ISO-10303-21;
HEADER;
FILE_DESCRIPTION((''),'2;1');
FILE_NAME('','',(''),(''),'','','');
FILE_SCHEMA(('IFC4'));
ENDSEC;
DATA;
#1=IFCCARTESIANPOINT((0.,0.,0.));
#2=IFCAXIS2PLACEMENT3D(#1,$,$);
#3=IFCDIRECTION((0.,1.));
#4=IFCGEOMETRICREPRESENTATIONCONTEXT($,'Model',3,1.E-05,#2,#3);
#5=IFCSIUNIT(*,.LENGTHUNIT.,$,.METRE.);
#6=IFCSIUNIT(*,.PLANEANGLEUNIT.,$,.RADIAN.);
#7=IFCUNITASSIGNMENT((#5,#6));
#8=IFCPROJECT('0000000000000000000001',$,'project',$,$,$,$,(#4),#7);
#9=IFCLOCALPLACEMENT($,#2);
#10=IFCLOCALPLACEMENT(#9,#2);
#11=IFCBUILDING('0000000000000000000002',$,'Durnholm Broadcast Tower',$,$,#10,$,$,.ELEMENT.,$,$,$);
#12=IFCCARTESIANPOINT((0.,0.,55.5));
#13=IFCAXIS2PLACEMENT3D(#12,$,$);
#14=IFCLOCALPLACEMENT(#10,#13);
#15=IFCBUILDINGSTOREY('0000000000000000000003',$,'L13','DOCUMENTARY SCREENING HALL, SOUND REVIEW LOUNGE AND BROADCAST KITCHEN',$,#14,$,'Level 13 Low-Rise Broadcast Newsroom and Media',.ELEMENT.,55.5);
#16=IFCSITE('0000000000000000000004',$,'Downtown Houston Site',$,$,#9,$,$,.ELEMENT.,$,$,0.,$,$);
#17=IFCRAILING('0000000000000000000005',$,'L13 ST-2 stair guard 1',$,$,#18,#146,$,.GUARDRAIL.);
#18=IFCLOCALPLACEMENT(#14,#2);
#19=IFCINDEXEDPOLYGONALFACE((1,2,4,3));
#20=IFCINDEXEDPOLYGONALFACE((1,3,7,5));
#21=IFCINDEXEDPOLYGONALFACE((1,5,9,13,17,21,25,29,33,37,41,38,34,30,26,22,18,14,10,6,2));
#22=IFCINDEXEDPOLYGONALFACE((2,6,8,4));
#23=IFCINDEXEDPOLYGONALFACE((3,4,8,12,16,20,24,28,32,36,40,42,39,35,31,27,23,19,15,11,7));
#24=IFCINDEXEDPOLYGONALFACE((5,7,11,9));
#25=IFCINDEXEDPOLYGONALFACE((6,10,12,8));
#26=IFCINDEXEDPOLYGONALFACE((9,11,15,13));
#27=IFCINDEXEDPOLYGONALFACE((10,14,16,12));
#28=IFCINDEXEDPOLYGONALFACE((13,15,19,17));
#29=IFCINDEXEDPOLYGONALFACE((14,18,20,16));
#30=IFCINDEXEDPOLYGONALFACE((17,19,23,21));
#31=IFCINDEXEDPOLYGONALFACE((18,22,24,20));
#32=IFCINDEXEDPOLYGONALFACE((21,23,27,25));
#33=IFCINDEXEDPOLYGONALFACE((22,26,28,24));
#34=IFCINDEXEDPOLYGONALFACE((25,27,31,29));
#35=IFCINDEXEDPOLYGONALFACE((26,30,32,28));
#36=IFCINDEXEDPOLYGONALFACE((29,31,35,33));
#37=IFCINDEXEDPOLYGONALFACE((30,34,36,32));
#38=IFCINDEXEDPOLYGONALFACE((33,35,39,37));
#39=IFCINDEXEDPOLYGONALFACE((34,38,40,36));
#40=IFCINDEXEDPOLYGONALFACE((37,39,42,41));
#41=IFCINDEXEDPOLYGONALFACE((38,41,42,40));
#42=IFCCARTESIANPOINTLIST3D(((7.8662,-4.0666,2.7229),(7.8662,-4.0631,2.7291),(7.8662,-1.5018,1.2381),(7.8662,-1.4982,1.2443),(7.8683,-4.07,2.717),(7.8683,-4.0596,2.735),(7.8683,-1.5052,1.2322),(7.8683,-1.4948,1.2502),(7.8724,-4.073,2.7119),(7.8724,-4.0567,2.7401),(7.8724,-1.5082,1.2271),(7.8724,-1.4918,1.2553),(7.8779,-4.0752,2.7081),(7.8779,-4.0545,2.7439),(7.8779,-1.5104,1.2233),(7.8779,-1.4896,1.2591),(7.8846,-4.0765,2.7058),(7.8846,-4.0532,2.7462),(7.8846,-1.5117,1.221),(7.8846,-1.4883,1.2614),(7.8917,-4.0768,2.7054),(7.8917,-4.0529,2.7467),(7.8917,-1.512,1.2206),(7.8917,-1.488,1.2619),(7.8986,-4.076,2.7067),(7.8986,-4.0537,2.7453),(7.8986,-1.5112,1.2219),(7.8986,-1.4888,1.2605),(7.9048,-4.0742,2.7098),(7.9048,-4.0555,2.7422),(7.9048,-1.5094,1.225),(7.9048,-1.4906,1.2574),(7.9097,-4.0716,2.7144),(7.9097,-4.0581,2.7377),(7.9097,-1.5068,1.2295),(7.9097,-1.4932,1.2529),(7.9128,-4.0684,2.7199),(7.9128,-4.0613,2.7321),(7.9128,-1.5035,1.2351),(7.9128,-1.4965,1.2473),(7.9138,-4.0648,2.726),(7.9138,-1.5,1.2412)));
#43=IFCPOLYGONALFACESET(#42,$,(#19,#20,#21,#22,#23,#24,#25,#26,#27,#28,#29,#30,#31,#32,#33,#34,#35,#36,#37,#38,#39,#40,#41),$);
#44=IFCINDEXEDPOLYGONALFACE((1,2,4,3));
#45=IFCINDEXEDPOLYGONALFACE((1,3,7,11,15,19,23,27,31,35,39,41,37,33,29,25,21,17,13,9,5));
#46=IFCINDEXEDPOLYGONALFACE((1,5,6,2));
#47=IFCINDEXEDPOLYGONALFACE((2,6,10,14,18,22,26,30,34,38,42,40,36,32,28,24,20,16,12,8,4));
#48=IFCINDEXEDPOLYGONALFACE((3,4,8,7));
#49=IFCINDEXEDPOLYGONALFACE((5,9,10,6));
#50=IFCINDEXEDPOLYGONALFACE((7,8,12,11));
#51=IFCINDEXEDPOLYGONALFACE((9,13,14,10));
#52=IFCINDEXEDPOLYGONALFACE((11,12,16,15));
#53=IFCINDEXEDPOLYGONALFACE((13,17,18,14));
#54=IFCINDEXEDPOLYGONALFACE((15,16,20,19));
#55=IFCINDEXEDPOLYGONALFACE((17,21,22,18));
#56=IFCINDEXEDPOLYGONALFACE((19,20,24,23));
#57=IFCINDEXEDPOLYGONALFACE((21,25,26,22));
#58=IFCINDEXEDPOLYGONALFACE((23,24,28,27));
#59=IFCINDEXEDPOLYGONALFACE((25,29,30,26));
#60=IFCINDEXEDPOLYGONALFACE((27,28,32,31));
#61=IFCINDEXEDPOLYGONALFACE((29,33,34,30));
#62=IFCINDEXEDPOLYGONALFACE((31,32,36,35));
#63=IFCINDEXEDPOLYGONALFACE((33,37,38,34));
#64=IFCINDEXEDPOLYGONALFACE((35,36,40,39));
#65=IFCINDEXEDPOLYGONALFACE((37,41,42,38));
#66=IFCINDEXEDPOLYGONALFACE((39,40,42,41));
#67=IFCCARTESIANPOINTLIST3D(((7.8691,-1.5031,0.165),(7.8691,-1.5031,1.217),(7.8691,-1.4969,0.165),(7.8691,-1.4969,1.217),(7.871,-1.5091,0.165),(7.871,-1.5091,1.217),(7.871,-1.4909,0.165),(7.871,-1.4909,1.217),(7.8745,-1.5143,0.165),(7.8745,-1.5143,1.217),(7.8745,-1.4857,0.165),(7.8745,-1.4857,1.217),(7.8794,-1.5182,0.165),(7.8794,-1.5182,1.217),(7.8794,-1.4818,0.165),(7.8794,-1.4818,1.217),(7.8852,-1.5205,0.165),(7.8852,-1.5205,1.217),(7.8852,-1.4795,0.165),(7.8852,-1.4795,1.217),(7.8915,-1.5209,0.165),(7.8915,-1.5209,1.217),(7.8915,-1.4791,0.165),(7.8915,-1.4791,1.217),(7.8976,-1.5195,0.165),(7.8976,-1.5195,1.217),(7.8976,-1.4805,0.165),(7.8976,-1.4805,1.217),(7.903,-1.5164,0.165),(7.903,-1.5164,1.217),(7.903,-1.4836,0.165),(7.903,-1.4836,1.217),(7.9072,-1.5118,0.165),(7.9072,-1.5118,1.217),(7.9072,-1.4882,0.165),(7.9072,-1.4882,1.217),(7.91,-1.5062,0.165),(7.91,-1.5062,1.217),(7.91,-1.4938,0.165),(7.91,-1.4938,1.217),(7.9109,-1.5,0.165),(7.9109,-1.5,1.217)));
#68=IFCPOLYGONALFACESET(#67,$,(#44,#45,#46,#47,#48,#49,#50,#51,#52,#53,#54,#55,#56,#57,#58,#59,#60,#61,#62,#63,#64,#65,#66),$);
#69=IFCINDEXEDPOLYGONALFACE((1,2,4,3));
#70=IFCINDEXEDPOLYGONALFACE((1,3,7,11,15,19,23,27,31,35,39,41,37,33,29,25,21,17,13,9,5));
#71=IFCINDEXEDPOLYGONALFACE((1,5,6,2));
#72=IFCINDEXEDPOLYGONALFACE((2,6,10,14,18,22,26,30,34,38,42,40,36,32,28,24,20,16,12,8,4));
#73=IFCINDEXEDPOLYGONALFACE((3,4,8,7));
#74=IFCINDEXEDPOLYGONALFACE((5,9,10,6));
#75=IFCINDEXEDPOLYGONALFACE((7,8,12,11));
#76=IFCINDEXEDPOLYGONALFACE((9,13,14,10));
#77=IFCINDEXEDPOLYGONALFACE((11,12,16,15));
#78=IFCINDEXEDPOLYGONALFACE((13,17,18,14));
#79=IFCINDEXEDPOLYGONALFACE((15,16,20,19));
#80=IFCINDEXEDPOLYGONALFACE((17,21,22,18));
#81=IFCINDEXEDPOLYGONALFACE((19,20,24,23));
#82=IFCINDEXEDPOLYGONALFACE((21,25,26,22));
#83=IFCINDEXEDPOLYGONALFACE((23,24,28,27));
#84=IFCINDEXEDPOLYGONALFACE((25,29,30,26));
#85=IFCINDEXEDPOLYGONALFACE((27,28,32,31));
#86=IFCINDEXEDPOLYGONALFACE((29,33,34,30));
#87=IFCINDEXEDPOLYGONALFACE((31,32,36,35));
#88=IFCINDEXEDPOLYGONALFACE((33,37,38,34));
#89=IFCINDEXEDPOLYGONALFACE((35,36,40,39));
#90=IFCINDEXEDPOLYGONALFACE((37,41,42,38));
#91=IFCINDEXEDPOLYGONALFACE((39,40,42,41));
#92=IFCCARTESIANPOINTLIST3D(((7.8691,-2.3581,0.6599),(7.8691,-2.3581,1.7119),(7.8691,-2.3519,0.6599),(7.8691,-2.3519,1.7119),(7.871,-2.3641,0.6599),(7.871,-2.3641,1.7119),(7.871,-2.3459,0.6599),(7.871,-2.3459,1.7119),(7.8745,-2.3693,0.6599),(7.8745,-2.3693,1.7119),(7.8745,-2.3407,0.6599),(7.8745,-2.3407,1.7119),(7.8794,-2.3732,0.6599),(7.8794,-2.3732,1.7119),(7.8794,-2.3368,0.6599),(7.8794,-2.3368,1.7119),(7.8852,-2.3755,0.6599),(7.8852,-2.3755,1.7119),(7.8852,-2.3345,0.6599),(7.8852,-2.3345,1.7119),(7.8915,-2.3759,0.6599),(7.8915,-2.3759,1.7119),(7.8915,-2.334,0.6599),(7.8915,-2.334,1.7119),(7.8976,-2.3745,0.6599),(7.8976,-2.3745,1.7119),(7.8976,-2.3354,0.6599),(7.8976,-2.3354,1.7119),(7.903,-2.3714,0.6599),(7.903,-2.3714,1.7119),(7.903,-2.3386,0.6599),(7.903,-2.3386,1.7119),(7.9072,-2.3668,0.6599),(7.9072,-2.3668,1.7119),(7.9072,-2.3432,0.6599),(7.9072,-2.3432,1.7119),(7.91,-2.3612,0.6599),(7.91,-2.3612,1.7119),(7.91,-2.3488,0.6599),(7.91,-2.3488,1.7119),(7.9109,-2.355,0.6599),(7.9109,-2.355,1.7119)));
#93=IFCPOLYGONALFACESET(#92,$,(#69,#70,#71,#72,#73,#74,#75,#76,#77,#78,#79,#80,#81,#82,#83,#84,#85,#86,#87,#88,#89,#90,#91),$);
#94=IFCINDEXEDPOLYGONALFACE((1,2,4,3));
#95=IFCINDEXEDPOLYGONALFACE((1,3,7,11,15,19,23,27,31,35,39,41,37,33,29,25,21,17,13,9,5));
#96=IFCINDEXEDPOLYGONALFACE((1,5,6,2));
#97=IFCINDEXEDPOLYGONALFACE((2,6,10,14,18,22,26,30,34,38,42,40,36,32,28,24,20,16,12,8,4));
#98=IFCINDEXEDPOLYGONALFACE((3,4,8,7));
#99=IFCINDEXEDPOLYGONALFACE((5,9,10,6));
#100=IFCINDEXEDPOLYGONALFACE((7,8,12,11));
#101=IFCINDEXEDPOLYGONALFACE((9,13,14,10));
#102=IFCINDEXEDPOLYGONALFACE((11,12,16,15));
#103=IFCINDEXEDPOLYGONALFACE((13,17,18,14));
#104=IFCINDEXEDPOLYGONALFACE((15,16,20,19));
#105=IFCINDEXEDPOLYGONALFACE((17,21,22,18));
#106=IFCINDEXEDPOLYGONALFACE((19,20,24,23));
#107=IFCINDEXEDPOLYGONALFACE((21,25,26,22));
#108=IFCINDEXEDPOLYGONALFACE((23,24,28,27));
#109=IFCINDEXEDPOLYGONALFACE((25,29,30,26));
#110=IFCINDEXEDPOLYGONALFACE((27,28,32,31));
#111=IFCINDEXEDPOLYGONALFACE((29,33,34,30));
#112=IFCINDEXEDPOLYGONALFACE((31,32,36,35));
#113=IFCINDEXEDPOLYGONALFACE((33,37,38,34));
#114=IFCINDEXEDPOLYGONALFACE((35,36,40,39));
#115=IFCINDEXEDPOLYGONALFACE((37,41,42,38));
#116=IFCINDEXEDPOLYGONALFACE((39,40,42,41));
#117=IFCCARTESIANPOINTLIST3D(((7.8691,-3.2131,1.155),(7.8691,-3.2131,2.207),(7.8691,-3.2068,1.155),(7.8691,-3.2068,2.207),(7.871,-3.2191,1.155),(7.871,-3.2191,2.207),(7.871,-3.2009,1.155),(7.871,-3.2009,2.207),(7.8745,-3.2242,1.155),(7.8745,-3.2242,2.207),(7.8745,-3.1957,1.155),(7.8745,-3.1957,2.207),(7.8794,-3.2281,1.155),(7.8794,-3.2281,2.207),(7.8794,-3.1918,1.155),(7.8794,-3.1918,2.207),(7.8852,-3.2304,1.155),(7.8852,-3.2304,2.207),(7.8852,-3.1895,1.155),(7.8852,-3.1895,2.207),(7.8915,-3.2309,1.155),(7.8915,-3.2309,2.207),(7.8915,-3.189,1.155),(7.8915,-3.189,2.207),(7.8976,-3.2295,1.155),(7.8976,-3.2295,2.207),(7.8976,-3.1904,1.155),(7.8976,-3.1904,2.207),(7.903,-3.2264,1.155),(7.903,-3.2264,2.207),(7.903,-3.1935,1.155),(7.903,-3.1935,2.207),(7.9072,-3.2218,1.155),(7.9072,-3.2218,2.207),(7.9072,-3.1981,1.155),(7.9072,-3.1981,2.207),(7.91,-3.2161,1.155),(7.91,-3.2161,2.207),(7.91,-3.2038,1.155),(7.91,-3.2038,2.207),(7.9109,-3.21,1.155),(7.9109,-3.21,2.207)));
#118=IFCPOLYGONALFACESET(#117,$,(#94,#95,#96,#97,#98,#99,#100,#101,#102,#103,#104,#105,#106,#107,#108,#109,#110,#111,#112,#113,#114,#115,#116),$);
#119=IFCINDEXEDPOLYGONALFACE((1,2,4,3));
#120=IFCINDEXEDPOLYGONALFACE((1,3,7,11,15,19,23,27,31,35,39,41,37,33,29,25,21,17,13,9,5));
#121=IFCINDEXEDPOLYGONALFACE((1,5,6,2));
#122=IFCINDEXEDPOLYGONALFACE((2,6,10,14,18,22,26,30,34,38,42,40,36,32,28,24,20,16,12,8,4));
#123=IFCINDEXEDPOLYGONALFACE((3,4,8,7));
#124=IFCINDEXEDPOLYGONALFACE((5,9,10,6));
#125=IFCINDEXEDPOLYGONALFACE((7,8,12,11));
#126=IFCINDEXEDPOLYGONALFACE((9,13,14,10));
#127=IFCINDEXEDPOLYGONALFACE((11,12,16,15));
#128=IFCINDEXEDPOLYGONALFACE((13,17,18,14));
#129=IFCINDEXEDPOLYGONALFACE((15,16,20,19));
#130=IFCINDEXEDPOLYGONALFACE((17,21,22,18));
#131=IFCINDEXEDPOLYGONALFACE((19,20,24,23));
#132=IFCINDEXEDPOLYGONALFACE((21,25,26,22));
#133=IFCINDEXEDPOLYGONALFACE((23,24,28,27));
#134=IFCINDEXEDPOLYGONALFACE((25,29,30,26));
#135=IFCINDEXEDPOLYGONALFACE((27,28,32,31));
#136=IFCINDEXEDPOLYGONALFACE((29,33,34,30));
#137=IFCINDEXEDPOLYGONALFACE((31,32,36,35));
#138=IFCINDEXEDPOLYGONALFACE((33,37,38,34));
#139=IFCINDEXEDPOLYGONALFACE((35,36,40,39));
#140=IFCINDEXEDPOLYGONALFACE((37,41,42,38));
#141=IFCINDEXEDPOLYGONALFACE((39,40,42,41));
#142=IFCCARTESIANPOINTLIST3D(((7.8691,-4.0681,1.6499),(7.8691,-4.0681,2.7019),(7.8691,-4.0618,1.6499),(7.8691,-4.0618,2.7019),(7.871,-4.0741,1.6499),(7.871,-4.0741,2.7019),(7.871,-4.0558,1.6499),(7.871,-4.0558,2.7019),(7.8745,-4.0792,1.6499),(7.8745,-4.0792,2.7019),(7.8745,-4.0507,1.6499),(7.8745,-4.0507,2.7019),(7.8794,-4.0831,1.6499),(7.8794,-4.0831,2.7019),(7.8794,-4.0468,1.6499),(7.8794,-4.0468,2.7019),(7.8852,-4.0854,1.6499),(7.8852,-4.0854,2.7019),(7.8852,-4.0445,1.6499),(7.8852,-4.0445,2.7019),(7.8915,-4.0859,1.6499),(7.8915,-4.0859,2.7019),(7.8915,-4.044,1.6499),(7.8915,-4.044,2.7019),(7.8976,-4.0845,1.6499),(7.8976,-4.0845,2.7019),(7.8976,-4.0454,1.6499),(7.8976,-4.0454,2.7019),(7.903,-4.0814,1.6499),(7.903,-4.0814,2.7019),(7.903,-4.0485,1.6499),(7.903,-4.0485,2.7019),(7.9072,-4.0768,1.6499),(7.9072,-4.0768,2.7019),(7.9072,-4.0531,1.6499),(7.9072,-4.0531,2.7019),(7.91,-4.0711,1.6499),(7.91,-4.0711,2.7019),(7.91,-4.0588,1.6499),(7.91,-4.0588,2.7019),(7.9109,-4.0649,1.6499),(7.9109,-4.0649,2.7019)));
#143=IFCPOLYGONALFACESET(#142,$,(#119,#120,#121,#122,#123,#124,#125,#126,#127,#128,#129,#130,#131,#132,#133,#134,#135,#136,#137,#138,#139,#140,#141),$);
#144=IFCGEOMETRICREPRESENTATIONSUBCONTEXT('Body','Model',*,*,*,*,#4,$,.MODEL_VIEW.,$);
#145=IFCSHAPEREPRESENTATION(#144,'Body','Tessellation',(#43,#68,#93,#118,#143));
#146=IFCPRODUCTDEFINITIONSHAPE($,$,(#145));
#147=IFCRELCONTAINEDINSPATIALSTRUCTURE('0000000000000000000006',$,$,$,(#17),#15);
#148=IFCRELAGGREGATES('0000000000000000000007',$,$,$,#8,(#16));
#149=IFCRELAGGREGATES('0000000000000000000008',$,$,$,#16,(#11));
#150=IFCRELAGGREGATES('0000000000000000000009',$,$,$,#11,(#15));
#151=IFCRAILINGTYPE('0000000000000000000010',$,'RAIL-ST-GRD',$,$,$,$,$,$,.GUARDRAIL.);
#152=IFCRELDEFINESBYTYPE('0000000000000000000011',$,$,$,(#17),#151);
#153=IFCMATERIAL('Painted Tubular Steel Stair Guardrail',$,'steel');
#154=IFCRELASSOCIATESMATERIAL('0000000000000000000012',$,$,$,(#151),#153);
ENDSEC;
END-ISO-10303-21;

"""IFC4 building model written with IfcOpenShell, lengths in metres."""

from ifc_helpers import new_model, si_unit, direction, frame, origin, origin_2d, place, context, subcontext, project, spatial, circle, extrude, material, type_object, element, save


model = new_model("IFC4")

# Units and contexts
model_context = context("Model", 3, precision=1e-05, world=origin(), true_north=direction((0.0, 1.0)))
body_context = subcontext(model_context, "Body", "Model", "MODEL_VIEW")
ifc_project = project(units=[si_unit("LENGTHUNIT", "METRE"), si_unit("PLANEANGLEUNIT", "RADIAN")], contexts=[model_context])

# Site, building, storey
site_placement = place(None, origin())
site = spatial("IfcSite", under=ifc_project, at=site_placement, Name="Downtown Houston Site", CompositionType="ELEMENT", RefElevation=0.0)
building_placement = place(site_placement, origin())
building = spatial("IfcBuilding", under=site, at=building_placement, Name="Durnholm Broadcast Tower", CompositionType="ELEMENT")
storey_placement = place(building_placement, frame((0.0, 0.0, 55.5)))
storey = spatial("IfcBuildingStorey", under=building, at=storey_placement, Name="L13", Description="DOCUMENTARY SCREENING HALL, SOUND REVIEW LOUNGE AND BROADCAST KITCHEN", LongName="Level 13 Low-Rise Broadcast Newsroom and Media", CompositionType="ELEMENT", Elevation=55.5)

# Railing
ifc_material_1 = material(Name="Painted Tubular Steel Stair Guardrail", Category="steel")
railing_type_1 = type_object("IfcRailingType", Name="RAIL-ST-GRD", PredefinedType="GUARDRAIL", material=ifc_material_1)
railing_1_placement = place(storey_placement, frame((7.8899, -1.5, 0.165)))
element("IfcRailing", 1, at=railing_1_placement, inside=storey, type_object=railing_type_1, Name="L13 ST-2 stair guard 1", PredefinedType="GUARDRAIL", context=body_context, shape_type="SweptSolid", body=[
    extrude(circle(Radius=0.0239, at=origin_2d()), frame((0.0, 0.0, 1.0762), z_axis=(0.0, -0.865441, 0.50101), x_axis=(1.0, 0.0, 0.0)), (0.0, 0.0, 1.0), 2.9636),
    extrude(circle(Radius=0.021, at=origin_2d()), origin(), (0.0, 0.0, 1.0), 1.052),
    extrude(circle(Radius=0.021, at=origin_2d()), frame((0.0, -0.855, 0.4949)), (0.0, 0.0, 1.0), 1.052),
    extrude(circle(Radius=0.021, at=origin_2d()), frame((0.0, -1.71, 0.99)), (0.0, 0.0, 1.0), 1.052),
    extrude(circle(Radius=0.021, at=origin_2d()), frame((0.0, -2.5649, 1.4849)), (0.0, 0.0, 1.0), 1.052),
])

save(model, "model.ifc")
